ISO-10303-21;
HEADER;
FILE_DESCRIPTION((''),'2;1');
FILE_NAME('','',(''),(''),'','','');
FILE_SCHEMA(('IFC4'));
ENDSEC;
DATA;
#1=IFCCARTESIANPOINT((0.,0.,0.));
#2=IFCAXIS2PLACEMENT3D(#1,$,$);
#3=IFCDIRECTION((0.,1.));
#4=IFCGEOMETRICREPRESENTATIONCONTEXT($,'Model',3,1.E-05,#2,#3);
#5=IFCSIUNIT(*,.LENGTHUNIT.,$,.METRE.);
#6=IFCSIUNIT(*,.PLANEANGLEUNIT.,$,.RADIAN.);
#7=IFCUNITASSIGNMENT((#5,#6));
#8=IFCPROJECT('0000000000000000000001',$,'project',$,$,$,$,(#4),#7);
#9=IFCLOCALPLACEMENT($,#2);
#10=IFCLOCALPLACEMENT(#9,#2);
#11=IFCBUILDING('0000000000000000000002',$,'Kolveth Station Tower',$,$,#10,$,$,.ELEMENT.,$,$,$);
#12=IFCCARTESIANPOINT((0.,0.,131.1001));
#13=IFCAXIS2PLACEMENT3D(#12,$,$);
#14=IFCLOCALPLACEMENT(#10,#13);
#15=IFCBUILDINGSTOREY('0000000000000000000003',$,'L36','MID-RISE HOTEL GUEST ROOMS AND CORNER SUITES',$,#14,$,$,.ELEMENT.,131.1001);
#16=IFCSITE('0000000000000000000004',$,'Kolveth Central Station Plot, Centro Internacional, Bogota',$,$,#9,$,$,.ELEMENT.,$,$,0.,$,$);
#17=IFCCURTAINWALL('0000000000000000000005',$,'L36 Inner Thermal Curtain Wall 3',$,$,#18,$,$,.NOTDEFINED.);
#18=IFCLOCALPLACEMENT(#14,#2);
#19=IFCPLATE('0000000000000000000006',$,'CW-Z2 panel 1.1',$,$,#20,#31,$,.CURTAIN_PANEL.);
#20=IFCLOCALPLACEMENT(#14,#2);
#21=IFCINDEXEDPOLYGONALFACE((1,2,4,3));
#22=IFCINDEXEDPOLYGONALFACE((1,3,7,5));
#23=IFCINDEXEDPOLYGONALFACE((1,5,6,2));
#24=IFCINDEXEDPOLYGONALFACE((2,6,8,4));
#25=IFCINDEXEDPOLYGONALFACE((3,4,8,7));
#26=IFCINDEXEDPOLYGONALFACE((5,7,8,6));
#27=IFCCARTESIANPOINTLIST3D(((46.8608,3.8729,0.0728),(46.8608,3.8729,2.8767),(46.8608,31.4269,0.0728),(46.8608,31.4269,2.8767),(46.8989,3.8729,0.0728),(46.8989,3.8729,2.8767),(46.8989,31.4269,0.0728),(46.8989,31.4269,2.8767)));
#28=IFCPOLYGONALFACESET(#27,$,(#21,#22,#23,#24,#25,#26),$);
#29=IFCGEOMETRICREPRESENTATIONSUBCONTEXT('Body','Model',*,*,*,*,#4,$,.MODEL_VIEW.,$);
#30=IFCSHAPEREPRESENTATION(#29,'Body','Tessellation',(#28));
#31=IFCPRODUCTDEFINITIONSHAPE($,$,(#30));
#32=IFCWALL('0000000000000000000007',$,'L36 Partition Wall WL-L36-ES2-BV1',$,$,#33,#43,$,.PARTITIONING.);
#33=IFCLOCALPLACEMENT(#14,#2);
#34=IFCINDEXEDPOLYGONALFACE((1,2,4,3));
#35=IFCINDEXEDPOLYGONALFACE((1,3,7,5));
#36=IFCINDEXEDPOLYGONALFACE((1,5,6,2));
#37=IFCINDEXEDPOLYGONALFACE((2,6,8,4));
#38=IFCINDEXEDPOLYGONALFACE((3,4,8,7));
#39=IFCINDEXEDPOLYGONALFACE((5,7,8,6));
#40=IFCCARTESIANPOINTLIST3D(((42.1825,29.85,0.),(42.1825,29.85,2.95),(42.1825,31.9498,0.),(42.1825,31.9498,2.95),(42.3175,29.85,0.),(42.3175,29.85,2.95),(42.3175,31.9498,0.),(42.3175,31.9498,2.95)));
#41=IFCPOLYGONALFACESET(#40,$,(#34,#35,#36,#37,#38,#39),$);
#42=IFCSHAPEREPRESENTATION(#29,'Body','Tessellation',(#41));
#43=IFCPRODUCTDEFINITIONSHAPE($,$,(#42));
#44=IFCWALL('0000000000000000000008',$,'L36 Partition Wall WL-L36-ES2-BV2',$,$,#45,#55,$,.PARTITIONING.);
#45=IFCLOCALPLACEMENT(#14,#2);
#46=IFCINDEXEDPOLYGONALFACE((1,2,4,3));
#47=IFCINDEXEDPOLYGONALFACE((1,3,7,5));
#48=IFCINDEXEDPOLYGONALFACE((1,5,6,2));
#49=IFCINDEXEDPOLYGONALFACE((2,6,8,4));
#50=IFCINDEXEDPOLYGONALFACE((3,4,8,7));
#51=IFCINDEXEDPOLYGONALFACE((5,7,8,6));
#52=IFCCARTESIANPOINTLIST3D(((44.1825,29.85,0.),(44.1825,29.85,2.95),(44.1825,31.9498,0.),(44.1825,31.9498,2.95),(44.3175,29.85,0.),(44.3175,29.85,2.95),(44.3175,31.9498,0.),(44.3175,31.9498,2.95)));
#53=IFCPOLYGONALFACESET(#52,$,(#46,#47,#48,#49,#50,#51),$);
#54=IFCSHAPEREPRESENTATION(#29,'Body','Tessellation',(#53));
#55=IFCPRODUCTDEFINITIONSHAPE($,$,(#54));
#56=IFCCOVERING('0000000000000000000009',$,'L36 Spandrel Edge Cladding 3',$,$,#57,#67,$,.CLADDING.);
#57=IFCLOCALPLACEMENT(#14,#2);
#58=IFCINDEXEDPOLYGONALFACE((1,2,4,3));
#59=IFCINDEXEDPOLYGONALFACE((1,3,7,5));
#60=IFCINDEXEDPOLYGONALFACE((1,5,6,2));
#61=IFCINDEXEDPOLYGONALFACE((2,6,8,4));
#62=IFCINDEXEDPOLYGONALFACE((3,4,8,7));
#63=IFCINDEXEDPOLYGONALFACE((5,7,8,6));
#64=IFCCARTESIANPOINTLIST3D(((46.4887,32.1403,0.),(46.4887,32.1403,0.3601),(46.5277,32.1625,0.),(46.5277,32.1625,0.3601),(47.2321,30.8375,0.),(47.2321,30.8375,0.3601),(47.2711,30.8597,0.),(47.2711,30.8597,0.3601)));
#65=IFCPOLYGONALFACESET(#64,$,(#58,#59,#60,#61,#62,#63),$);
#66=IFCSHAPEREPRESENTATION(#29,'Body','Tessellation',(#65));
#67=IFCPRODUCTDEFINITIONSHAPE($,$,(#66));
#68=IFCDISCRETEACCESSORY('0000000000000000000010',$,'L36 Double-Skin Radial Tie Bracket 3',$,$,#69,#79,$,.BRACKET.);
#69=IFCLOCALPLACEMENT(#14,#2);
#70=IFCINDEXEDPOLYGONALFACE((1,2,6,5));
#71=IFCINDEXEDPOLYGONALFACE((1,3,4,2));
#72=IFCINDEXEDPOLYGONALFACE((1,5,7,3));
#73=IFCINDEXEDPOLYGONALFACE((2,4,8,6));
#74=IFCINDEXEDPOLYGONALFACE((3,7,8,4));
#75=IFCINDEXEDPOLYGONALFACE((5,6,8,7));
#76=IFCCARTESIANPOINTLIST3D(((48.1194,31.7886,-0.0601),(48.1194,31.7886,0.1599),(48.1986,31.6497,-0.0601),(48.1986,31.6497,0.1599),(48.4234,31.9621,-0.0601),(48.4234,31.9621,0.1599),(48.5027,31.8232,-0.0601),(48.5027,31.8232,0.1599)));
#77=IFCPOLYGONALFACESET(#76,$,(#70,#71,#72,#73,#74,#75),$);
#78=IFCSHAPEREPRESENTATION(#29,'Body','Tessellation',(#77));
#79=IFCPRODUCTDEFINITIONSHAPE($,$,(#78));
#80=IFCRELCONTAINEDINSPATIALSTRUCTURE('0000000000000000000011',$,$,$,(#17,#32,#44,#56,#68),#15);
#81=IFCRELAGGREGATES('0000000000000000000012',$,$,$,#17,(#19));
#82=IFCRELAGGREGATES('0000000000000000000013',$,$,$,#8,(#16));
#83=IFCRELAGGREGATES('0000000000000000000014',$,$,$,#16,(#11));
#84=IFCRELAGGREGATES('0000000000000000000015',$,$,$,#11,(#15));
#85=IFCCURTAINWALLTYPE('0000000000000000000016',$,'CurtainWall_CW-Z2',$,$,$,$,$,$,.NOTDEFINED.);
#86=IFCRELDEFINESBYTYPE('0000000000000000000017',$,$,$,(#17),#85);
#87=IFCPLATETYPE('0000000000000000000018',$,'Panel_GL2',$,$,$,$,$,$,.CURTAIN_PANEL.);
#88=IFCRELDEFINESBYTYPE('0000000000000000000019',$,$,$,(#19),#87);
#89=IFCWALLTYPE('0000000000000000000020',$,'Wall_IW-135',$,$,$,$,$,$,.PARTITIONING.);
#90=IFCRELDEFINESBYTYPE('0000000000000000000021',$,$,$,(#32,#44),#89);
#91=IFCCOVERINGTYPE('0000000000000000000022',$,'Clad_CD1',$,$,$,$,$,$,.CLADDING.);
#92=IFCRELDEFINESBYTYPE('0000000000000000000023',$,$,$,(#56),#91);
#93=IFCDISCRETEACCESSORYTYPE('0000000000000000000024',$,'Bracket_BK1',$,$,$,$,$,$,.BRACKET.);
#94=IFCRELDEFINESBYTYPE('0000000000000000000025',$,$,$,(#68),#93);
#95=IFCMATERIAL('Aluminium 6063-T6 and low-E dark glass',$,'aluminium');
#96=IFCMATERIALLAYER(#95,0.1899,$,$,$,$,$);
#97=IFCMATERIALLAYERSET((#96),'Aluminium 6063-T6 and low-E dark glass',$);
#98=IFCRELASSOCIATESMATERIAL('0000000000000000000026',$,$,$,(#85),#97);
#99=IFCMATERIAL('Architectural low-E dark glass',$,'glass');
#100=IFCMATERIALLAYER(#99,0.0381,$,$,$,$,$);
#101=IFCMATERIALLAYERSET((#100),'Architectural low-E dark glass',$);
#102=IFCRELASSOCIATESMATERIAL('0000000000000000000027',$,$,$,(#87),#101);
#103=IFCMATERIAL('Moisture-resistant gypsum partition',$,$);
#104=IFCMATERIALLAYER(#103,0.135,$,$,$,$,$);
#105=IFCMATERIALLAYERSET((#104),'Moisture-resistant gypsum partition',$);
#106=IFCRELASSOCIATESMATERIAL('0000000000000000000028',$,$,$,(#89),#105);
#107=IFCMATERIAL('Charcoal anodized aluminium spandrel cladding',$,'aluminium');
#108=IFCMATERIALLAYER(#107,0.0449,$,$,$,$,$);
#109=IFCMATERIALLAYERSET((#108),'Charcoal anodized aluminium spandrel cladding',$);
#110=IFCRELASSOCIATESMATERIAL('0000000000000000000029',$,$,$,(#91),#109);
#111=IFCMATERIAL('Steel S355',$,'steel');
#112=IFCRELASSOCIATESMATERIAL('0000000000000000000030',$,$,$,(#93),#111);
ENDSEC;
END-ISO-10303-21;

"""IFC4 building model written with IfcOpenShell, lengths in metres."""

from ifc_helpers import new_model, si_unit, direction, frame, frame_2d, origin, origin_2d, place, context, subcontext, project, spatial, rectangle, extrude, source, transform, mapped, material, layer, layer_set, type_object, element, aggregate, save


model = new_model("IFC4")

# Units and contexts
model_context = context("Model", 3, precision=1e-05, world=origin(), true_north=direction((0.0, 1.0)))
body_context = subcontext(model_context, "Body", "Model", "MODEL_VIEW")
ifc_project = project(units=[si_unit("LENGTHUNIT", "METRE"), si_unit("PLANEANGLEUNIT", "RADIAN")], contexts=[model_context])

# Site, building, storey
site_placement = place(None, origin())
site = spatial("IfcSite", under=ifc_project, at=site_placement, Name="Kolveth Central Station Plot, Centro Internacional, Bogota", CompositionType="ELEMENT", RefElevation=0.0)
building_placement = place(site_placement, origin())
building = spatial("IfcBuilding", under=site, at=building_placement, Name="Kolveth Station Tower", CompositionType="ELEMENT")
storey_placement = place(building_placement, frame((0.0, 0.0, 131.1001)))
storey = spatial("IfcBuildingStorey", under=building, at=storey_placement, Name="L36", Description="MID-RISE HOTEL GUEST ROOMS AND CORNER SUITES", CompositionType="ELEMENT", Elevation=131.1001)

# Shared definitions
ifc_material_1 = material(Name="Steel S355", Category="steel")

# Curtain wall
ifc_material_2 = material(Name="Aluminium 6063-T6 and low-E dark glass", Category="aluminium")
ifc_layer_1 = layer(ifc_material_2, 0.1899)
ifc_layer_set_1 = layer_set([ifc_layer_1], Name="Aluminium 6063-T6 and low-E dark glass")
curtain_wall_type = type_object("IfcCurtainWallType", Name="CurtainWall_CW-Z2", PredefinedType="NOTDEFINED", material=ifc_layer_set_1)
curtain_wall_1_placement = place(storey_placement, origin())
curtain_wall_1 = element("IfcCurtainWall", 1, at=curtain_wall_1_placement, inside=storey, type_object=curtain_wall_type, Name="L36 Inner Thermal Curtain Wall 3", PredefinedType="NOTDEFINED")

# Plate
ifc_material_3 = material(Name="Architectural low-E dark glass", Category="glass")
ifc_layer_2 = layer(ifc_material_3, 0.0381)
ifc_layer_set_2 = layer_set([ifc_layer_2], Name="Architectural low-E dark glass")
plate_type = type_object("IfcPlateType", Name="Panel_GL2", PredefinedType="CURTAIN_PANEL", material=ifc_layer_set_2)
shared_shape_1 = source(origin(), body_context, "Body", "SweptSolid", [
    extrude(rectangle(XDim=27.554, YDim=0.0381, at=origin_2d()), origin(), (0.0, 0.0, 1.0), 2.804),
])
plate_placement = place(storey_placement, frame((46.8799, 17.6499, 0.0728), z_axis=(0.0, 0.0, 1.0), x_axis=(0.0, 1.0, 0.0)))
plate = element("IfcPlate", 2, at=plate_placement, type_object=plate_type, Name="CW-Z2 panel 1.1", PredefinedType="CURTAIN_PANEL", context=body_context, shape_type="MappedRepresentation", body=[
    mapped(shared_shape_1, transform((0.0, 0.0, 0.0), x_axis=(1.0, 0.0, 0.0), y_axis=(0.0, 1.0, 0.0), z_axis=(0.0, 0.0, 1.0), scale=1.0)),
])
aggregate(curtain_wall_1, [plate])

# Walls
ifc_material_4 = material(Name="Moisture-resistant gypsum partition")
ifc_layer_3 = layer(ifc_material_4, 0.135)
ifc_layer_set_3 = layer_set([ifc_layer_3], Name="Moisture-resistant gypsum partition")
wall_type = type_object("IfcWallType", Name="Wall_IW-135", PredefinedType="PARTITIONING", material=ifc_layer_set_3)
for number, where, z_axis, x_axis, name in (
    (3, (42.25, 29.8501, 0.0), (0.0, 0.0, 1.0), (0.0, 1.0, 0.0), "L36 Partition Wall WL-L36-ES2-BV1"),
    (4, (44.25, 29.8501, 0.0), (0.0, 0.0, 1.0), (0.0, 1.0, 0.0), "L36 Partition Wall WL-L36-ES2-BV2"),
):
    element("IfcWall", number, at=place(storey_placement, frame(where, z_axis=z_axis, x_axis=x_axis)), inside=storey, type_object=wall_type, Name=name, PredefinedType="PARTITIONING", context=body_context, shape_type="SweptSolid", body=[
        extrude(rectangle(XDim=2.0999, YDim=0.135, at=frame_2d((1.0498, 0.0))), origin(), (0.0, 0.0, 1.0), 2.95),
    ])

# Covering
ifc_material_5 = material(Name="Charcoal anodized aluminium spandrel cladding", Category="aluminium")
ifc_layer_4 = layer(ifc_material_5, 0.0449)
ifc_layer_set_4 = layer_set([ifc_layer_4], Name="Charcoal anodized aluminium spandrel cladding")
covering_type = type_object("IfcCoveringType", Name="Clad_CD1", PredefinedType="CLADDING", material=ifc_layer_set_4)
shared_shape_2 = source(origin(), body_context, "Body", "SweptSolid", [
    extrude(rectangle(XDim=1.5, YDim=0.0449, at=origin_2d()), origin(), (0.0, 0.0, 1.0), 0.3601),
])
covering_placement = place(storey_placement, frame((46.8799, 31.5, 0.0), z_axis=(0.0, 0.0, 1.0), x_axis=(-0.49561, 0.868545, 0.0)))
element("IfcCovering", 5, at=covering_placement, inside=storey, type_object=covering_type, Name="L36 Spandrel Edge Cladding 3", PredefinedType="CLADDING", context=body_context, shape_type="MappedRepresentation", body=[
    mapped(shared_shape_2, transform((0.0, 0.0, 0.0), x_axis=(1.0, 0.0, 0.0), y_axis=(0.0, 1.0, 0.0), z_axis=(0.0, 0.0, 1.0), scale=1.0)),
])

# Discrete accessory
discrete_accessory_type = type_object("IfcDiscreteAccessoryType", Name="Bracket_BK1", PredefinedType="BRACKET", material=ifc_material_1)
shared_shape_3 = source(origin(), body_context, "Body", "SweptSolid", [
    extrude(rectangle(XDim=0.3501, YDim=0.1599, at=origin_2d()), origin(), (0.0, 0.0, 1.0), 0.22),
])
discrete_accessory_placement = place(storey_placement, frame((48.311, 31.8059, -0.0601), z_axis=(0.0, 0.0, 1.0), x_axis=(0.868545, 0.49561, 0.0)))
element("IfcDiscreteAccessory", 6, at=discrete_accessory_placement, inside=storey, type_object=discrete_accessory_type, Name="L36 Double-Skin Radial Tie Bracket 3", PredefinedType="BRACKET", context=body_context, shape_type="MappedRepresentation", body=[
    mapped(shared_shape_3, transform((0.0, 0.0, 0.0), x_axis=(1.0, 0.0, 0.0), y_axis=(0.0, 1.0, 0.0), z_axis=(0.0, 0.0, 1.0), scale=1.0)),
])

save(model, "model.ifc")
